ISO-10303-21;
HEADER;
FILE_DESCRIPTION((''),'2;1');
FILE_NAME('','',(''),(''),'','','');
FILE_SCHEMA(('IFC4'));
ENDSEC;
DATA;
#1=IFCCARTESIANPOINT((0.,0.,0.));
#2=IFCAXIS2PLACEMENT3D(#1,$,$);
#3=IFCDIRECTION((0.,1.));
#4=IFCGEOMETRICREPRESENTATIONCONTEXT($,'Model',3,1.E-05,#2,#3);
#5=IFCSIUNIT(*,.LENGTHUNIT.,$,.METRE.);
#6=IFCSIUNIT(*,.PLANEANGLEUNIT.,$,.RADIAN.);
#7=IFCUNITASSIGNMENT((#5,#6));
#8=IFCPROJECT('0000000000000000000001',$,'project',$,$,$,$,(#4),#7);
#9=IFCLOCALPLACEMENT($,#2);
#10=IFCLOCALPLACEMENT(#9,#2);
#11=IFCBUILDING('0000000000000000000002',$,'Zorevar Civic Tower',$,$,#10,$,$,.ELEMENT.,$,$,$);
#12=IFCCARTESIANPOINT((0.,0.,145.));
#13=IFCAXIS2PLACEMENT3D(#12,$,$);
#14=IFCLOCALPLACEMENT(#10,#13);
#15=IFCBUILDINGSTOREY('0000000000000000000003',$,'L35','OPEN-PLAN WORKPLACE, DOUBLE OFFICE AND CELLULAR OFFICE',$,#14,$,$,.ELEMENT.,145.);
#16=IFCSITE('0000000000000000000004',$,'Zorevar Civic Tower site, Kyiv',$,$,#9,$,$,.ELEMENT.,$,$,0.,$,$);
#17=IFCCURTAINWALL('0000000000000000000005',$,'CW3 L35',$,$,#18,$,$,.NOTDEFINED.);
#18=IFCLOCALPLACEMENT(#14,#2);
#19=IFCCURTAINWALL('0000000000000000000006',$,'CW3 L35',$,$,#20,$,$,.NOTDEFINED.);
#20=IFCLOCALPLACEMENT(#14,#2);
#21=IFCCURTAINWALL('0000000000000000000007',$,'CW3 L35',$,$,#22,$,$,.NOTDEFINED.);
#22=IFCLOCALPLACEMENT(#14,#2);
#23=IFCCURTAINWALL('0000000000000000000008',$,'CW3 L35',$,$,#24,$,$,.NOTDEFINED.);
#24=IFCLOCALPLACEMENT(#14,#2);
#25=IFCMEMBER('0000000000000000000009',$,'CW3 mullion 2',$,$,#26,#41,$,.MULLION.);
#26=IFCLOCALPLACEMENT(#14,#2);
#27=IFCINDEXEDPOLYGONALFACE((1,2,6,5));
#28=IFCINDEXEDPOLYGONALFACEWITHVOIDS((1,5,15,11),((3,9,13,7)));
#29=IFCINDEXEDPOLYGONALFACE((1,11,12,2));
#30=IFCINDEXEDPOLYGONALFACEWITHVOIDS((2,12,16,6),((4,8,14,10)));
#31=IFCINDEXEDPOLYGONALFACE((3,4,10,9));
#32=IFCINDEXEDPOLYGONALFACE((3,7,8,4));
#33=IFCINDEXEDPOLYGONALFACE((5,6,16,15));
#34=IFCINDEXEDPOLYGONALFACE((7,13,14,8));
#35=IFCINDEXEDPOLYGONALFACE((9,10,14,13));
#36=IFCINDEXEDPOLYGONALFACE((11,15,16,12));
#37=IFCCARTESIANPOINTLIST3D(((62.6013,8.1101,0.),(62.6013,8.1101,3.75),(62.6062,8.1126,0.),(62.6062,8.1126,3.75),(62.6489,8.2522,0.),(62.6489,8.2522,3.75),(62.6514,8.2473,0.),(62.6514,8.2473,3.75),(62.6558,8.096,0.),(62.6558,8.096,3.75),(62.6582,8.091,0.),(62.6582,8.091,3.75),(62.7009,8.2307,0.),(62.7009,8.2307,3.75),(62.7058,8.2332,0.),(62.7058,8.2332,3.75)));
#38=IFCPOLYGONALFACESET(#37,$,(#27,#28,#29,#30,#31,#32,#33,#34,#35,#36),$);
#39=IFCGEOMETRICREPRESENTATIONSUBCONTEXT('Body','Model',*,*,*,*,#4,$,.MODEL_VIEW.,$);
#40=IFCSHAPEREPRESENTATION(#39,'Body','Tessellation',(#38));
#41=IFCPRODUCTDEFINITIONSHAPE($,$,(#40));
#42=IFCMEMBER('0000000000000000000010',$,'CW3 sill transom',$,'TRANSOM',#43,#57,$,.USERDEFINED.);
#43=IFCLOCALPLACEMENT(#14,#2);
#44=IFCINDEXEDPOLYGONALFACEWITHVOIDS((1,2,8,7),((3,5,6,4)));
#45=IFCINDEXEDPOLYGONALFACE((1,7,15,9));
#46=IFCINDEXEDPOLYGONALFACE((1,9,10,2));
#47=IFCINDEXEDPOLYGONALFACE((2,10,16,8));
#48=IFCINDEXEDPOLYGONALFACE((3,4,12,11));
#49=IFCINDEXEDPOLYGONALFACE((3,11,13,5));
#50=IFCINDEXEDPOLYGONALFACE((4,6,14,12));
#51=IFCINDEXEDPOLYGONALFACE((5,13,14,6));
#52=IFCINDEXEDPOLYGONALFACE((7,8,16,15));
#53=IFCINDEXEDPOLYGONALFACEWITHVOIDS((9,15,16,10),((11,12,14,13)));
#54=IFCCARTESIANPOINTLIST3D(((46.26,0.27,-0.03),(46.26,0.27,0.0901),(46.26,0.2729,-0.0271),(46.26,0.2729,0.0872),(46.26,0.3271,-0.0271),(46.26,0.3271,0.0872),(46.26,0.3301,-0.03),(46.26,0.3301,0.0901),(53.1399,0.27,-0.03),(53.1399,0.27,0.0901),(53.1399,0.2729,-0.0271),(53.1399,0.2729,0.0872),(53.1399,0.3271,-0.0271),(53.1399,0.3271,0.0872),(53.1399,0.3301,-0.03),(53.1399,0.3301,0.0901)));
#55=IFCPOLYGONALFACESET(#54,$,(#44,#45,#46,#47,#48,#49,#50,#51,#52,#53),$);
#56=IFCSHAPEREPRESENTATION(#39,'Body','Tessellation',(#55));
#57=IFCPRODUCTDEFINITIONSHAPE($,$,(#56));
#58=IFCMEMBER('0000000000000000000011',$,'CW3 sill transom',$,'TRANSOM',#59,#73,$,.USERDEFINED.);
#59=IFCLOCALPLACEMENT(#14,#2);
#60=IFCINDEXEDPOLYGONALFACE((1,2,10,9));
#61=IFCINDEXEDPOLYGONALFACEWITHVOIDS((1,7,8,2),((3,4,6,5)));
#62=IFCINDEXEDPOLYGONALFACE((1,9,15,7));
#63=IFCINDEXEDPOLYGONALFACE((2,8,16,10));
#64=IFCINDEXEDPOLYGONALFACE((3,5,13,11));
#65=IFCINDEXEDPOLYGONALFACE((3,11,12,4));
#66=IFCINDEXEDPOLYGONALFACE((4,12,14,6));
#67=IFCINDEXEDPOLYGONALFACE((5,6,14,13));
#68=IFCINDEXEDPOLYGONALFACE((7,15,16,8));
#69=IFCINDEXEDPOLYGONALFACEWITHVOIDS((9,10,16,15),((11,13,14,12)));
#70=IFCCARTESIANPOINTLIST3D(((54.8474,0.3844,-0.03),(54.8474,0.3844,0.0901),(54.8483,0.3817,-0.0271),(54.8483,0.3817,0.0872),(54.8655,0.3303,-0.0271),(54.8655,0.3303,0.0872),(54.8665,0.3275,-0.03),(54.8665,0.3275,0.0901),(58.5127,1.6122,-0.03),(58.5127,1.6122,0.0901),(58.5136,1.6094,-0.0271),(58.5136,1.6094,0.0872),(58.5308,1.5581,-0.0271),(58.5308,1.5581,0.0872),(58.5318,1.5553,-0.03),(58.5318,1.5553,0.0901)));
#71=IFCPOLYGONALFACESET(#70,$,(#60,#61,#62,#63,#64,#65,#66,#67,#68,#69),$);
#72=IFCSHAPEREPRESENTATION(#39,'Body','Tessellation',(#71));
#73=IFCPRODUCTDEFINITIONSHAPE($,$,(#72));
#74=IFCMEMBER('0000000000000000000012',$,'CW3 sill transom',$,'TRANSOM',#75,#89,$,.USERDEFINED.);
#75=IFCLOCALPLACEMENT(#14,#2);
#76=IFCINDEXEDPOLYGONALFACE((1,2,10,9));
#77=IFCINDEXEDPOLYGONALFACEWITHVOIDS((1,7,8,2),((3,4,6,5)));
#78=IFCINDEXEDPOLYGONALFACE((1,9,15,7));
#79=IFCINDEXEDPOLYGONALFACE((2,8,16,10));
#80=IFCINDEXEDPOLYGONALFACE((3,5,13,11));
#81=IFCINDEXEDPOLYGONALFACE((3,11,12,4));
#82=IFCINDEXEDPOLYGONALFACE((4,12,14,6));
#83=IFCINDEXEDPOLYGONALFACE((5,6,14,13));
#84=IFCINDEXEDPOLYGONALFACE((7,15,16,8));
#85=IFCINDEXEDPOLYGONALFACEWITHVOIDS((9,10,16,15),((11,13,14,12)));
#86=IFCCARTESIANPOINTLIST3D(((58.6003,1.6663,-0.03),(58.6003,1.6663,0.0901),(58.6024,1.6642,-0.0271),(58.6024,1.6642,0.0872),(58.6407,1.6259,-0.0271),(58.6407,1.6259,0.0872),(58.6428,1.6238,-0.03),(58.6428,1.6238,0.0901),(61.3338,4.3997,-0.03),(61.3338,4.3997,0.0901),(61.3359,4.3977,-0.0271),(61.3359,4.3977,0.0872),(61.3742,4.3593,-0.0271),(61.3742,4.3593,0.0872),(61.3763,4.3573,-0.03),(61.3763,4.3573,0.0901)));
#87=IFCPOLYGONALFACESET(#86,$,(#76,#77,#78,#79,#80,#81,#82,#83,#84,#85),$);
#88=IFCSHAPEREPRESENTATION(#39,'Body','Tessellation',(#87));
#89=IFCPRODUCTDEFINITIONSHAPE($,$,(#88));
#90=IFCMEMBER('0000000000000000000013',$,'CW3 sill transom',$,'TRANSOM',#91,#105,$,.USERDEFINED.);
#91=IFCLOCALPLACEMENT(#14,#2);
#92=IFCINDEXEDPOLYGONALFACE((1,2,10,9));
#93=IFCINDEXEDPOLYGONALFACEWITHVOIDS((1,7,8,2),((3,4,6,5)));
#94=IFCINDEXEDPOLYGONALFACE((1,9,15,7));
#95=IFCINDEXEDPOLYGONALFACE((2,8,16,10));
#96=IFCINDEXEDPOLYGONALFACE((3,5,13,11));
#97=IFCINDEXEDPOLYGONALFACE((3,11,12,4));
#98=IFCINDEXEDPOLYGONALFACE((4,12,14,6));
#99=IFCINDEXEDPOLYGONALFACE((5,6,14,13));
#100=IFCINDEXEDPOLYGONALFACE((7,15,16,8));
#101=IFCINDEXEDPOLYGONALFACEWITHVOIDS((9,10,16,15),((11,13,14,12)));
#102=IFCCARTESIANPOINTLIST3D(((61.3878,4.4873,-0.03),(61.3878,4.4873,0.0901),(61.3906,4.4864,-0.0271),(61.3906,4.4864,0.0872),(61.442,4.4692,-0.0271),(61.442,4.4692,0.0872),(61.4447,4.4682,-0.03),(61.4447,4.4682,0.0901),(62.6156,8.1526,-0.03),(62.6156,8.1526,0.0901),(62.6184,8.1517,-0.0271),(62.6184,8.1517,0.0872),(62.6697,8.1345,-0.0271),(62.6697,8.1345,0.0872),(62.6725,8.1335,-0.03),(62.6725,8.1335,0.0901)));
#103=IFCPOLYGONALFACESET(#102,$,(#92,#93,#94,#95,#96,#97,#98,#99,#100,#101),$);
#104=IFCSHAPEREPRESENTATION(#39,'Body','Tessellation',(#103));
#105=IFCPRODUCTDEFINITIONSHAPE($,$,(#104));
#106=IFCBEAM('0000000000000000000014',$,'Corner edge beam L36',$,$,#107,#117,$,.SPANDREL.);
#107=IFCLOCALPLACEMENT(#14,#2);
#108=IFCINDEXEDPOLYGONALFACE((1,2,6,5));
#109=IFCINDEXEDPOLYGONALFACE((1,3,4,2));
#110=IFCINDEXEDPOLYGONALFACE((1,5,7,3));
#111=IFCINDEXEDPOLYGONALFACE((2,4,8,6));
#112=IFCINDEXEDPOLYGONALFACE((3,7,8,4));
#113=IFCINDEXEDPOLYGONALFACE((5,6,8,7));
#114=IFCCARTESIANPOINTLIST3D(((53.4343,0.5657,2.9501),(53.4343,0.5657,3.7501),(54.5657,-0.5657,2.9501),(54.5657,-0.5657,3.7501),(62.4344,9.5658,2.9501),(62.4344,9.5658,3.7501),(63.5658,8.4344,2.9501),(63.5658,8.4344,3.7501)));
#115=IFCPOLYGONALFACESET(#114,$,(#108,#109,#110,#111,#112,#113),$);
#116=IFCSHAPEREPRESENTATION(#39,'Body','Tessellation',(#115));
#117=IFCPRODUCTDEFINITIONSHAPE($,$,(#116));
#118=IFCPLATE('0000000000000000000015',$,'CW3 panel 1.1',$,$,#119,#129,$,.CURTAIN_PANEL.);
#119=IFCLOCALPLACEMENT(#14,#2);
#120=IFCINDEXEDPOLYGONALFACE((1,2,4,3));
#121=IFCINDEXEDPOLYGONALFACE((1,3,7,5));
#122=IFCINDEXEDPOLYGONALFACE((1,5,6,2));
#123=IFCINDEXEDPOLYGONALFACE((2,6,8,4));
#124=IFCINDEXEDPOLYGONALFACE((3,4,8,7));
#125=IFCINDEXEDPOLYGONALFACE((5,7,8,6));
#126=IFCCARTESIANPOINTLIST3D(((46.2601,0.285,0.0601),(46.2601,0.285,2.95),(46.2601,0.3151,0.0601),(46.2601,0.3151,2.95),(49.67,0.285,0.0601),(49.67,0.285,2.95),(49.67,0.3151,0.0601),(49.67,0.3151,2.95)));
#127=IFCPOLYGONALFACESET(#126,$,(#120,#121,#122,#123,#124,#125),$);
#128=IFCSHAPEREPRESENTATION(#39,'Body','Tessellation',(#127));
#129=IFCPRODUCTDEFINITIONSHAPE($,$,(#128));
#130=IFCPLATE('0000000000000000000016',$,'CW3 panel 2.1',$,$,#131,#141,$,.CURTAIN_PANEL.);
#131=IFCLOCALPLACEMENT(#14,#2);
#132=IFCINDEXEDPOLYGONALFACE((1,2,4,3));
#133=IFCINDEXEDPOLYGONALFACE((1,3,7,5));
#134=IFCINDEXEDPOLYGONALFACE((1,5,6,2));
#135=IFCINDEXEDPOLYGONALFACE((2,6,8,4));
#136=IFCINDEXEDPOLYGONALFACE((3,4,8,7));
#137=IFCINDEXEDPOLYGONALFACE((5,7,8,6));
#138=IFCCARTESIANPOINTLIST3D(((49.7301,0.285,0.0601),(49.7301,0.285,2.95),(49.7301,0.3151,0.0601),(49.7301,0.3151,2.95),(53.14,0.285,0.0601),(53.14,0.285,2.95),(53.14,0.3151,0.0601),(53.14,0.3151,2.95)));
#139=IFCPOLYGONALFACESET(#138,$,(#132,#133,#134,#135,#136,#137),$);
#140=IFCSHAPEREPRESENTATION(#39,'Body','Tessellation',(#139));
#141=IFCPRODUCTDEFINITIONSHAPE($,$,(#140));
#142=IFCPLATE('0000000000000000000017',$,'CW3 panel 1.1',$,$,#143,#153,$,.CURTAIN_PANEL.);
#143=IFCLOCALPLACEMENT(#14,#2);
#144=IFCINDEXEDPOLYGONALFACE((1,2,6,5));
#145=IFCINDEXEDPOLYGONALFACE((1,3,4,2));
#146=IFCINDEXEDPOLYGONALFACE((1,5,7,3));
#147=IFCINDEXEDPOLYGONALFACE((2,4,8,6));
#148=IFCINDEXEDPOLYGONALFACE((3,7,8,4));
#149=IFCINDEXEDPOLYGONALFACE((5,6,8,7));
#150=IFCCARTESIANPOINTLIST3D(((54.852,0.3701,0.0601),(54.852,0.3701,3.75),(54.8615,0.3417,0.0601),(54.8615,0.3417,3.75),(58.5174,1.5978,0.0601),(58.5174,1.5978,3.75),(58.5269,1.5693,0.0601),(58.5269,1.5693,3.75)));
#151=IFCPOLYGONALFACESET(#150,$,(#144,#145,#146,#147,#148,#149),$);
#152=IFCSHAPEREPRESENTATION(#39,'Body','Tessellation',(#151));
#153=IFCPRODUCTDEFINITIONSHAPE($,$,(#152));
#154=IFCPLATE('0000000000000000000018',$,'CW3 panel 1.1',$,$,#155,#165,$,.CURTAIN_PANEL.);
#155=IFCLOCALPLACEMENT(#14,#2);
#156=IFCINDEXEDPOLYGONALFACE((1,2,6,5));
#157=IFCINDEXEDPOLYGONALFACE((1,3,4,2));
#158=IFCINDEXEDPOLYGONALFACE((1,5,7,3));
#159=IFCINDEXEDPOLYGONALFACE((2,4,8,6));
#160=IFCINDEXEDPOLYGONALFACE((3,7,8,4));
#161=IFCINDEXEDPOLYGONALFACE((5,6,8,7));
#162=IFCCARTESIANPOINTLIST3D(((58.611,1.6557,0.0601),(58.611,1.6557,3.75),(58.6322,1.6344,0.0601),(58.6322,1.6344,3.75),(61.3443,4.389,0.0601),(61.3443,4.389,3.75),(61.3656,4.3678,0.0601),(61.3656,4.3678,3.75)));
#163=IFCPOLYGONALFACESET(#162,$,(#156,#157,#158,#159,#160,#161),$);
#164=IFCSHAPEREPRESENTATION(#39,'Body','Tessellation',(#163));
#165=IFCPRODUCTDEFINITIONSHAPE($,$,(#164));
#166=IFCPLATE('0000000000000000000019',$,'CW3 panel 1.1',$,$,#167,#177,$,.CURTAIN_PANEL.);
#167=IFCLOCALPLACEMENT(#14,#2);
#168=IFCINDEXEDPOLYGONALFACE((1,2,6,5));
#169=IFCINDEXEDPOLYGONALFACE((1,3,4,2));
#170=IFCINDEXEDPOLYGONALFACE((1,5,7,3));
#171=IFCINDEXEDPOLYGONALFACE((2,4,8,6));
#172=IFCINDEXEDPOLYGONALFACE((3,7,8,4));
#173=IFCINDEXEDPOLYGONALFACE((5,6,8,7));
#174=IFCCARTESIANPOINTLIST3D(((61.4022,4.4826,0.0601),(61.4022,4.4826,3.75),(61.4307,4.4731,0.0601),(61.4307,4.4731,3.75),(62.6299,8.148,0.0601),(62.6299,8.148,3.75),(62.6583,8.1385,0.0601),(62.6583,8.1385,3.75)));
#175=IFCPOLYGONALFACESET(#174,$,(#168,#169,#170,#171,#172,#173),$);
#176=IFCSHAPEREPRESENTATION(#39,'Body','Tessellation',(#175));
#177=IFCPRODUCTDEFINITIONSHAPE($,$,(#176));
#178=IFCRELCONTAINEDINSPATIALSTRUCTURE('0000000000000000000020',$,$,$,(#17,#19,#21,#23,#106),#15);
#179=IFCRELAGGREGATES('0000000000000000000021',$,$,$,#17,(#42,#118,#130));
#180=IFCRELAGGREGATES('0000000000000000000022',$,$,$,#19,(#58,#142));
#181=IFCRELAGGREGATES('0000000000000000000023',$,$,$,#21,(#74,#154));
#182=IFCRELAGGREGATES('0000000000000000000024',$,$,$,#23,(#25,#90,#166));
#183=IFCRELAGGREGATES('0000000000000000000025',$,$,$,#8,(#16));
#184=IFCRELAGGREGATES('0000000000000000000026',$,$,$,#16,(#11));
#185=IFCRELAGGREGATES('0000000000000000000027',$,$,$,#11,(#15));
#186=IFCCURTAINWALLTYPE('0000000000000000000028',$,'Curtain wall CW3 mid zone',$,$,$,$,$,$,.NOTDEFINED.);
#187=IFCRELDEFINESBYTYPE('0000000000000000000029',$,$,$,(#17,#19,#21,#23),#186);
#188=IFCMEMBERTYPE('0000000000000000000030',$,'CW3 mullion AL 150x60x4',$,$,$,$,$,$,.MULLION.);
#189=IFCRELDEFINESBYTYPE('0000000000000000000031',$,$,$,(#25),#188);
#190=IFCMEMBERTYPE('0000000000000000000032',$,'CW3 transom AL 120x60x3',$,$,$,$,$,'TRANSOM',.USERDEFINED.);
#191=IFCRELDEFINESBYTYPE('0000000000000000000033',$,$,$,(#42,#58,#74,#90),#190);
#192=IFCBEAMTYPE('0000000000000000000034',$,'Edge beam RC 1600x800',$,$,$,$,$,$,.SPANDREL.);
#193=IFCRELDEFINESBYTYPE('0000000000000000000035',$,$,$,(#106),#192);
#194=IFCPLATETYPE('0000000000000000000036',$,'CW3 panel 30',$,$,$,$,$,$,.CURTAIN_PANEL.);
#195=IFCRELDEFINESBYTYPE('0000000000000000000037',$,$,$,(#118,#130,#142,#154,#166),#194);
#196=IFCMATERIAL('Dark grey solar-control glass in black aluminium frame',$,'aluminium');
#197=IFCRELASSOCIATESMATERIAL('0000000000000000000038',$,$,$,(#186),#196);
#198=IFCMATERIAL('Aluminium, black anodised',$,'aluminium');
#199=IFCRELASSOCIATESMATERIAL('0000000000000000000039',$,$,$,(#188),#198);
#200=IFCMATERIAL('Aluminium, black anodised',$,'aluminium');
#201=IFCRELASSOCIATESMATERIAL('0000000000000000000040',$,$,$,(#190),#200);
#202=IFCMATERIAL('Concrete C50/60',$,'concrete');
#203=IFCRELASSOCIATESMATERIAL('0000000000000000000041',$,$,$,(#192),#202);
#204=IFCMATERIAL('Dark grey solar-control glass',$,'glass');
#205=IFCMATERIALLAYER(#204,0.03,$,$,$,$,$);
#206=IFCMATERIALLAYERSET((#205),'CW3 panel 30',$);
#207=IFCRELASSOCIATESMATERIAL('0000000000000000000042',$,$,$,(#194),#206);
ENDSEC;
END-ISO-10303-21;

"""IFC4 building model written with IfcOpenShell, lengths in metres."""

from ifc_helpers import new_model, si_unit, direction, frame, origin, origin_2d, place, context, subcontext, project, spatial, rectangle, hollow_rectangle, extrude, material, layer, layer_set, material_profile, profile_set, type_object, element, aggregate, save


model = new_model("IFC4")

# Units and contexts
model_context = context("Model", 3, precision=1e-05, world=origin(), true_north=direction((0.0, 1.0)))
body_context = subcontext(model_context, "Body", "Model", "MODEL_VIEW")
ifc_project = project(units=[si_unit("LENGTHUNIT", "METRE"), si_unit("PLANEANGLEUNIT", "RADIAN")], contexts=[model_context])

# Site, building, storey
site_placement = place(None, origin())
site = spatial("IfcSite", under=ifc_project, at=site_placement, Name="Zorevar Civic Tower site, Kyiv", CompositionType="ELEMENT", RefElevation=0.0)
building_placement = place(site_placement, origin())
building = spatial("IfcBuilding", under=site, at=building_placement, Name="Zorevar Civic Tower", CompositionType="ELEMENT")
storey_placement = place(building_placement, frame((0.0, 0.0, 145.0)))
storey = spatial("IfcBuildingStorey", under=building, at=storey_placement, Name="L35", Description="OPEN-PLAN WORKPLACE, DOUBLE OFFICE AND CELLULAR OFFICE", CompositionType="ELEMENT", Elevation=145.0)

# Curtain walls, member
ifc_material_1 = material(Name="Dark grey solar-control glass in black aluminium frame", Category="aluminium")
curtain_wall_type = type_object("IfcCurtainWallType", Name="Curtain wall CW3 mid zone", PredefinedType="NOTDEFINED", material=ifc_material_1)
curtain_wall_1_placement = place(storey_placement, origin())
curtain_wall_1 = element("IfcCurtainWall", 1, at=curtain_wall_1_placement, inside=storey, type_object=curtain_wall_type, Name="CW3 L35", PredefinedType="NOTDEFINED")
ifc_material_2 = material(Name="Aluminium, black anodised", Category="aluminium")
ifc_material_profile_1 = material_profile(ifc_material_2, hollow_rectangle(XDim=0.0601, YDim=0.1499, WallThickness=0.0039, at=origin_2d()), Name="AL 150x60x4")
ifc_profile_set_1 = profile_set([ifc_material_profile_1], Name="Aluminium, black anodised")
member_type_1 = type_object("IfcMemberType", Name="CW3 mullion AL 150x60x4", PredefinedType="MULLION", material=ifc_profile_set_1)
curtain_wall_2_placement = place(storey_placement, origin())
curtain_wall_2 = element("IfcCurtainWall", 2, at=curtain_wall_2_placement, inside=storey, type_object=curtain_wall_type, Name="CW3 L35", PredefinedType="NOTDEFINED")
curtain_wall_3_placement = place(storey_placement, origin())
curtain_wall_3 = element("IfcCurtainWall", 3, at=curtain_wall_3_placement, inside=storey, type_object=curtain_wall_type, Name="CW3 L35", PredefinedType="NOTDEFINED")
curtain_wall_4_placement = place(storey_placement, origin())
curtain_wall_4 = element("IfcCurtainWall", 4, at=curtain_wall_4_placement, inside=storey, type_object=curtain_wall_type, Name="CW3 L35", PredefinedType="NOTDEFINED")
member_1_placement = place(storey_placement, frame((62.6536, 8.1716, 0.0), z_axis=(0.0, 0.0, 1.0), x_axis=(-0.948227, 0.317593, 0.0)))
member_1 = element("IfcMember", 5, at=member_1_placement, type_object=member_type_1, Name="CW3 mullion 2", PredefinedType="MULLION", context=body_context, shape_type="SweptSolid", body=[
    extrude(hollow_rectangle(XDim=0.0601, YDim=0.1499, WallThickness=0.0039, at=origin_2d()), origin(), (0.0, 0.0, 1.0), 3.75),
])

# Members
ifc_material_3 = material(Name="Aluminium, black anodised", Category="aluminium")
ifc_material_profile_2 = material_profile(ifc_material_3, hollow_rectangle(XDim=0.0601, YDim=0.1201, WallThickness=0.0029, at=origin_2d()), Name="AL 120x60x3")
ifc_profile_set_2 = profile_set([ifc_material_profile_2], Name="Aluminium, black anodised")
member_type_2 = type_object("IfcMemberType", Name="CW3 transom AL 120x60x3", ElementType="TRANSOM", PredefinedType="USERDEFINED", material=ifc_profile_set_2)
member_2_placement = place(storey_placement, frame((46.26, 0.3, 0.03), z_axis=(1.0, 0.0, 0.0), x_axis=(0.0, 1.0, 0.0)))
member_2 = element("IfcMember", 6, at=member_2_placement, type_object=member_type_2, Name="CW3 sill transom", ObjectType="TRANSOM", PredefinedType="USERDEFINED", context=body_context, shape_type="SweptSolid", body=[
    extrude(hollow_rectangle(XDim=0.0601, YDim=0.1201, WallThickness=0.0029, at=origin_2d()), origin(), (0.0, 0.0, 1.0), 6.8799),
])
member_3_placement = place(storey_placement, frame((54.8569, 0.356, 0.03), z_axis=(0.948215, 0.31763, 0.0), x_axis=(-0.31763, 0.948215, 0.0)))
member_3 = element("IfcMember", 7, at=member_3_placement, type_object=member_type_2, Name="CW3 sill transom", ObjectType="TRANSOM", PredefinedType="USERDEFINED", context=body_context, shape_type="SweptSolid", body=[
    extrude(hollow_rectangle(XDim=0.0601, YDim=0.1201, WallThickness=0.0029, at=origin_2d()), origin(), (0.0, 0.0, 1.0), 3.8655),
])
member_4_placement = place(storey_placement, frame((58.6216, 1.645, 0.03), z_axis=(0.707107, 0.707107, 0.0), x_axis=(-0.707107, 0.707107, 0.0)))
member_4 = element("IfcMember", 8, at=member_4_placement, type_object=member_type_2, Name="CW3 sill transom", ObjectType="TRANSOM", PredefinedType="USERDEFINED", context=body_context, shape_type="SweptSolid", body=[
    extrude(hollow_rectangle(XDim=0.0601, YDim=0.1201, WallThickness=0.0029, at=origin_2d()), origin(), (0.0, 0.0, 1.0), 3.8657),
])
member_5_placement = place(storey_placement, frame((61.4163, 4.4778, 0.03), z_axis=(0.31763, 0.948215, 0.0), x_axis=(-0.948215, 0.31763, 0.0)))
member_5 = element("IfcMember", 9, at=member_5_placement, type_object=member_type_2, Name="CW3 sill transom", ObjectType="TRANSOM", PredefinedType="USERDEFINED", context=body_context, shape_type="SweptSolid", body=[
    extrude(hollow_rectangle(XDim=0.0601, YDim=0.1201, WallThickness=0.0029, at=origin_2d()), origin(), (0.0, 0.0, 1.0), 3.8655),
])

# Beam
ifc_material_4 = material(Name="Concrete C50/60", Category="concrete")
ifc_material_profile_3 = material_profile(ifc_material_4, rectangle(XDim=1.6001, YDim=0.8, at=origin_2d()), Name="RC 1600x800")
ifc_profile_set_3 = profile_set([ifc_material_profile_3], Name="Concrete C50/60")
beam_type_1 = type_object("IfcBeamType", Name="Edge beam RC 1600x800", PredefinedType="SPANDREL", material=ifc_profile_set_3)
beam_1_placement = place(storey_placement, frame((54.0, 0.0, 3.3501), z_axis=(0.707107, 0.707107, 0.0), x_axis=(-0.707107, 0.707107, 0.0)))
element("IfcBeam", 10, at=beam_1_placement, inside=storey, type_object=beam_type_1, Name="Corner edge beam L36", PredefinedType="SPANDREL", context=body_context, shape_type="SweptSolid", body=[
    extrude(rectangle(XDim=1.6001, YDim=0.8, at=origin_2d()), origin(), (0.0, 0.0, 1.0), 12.728),
])

# Plates
ifc_material_5 = material(Name="Dark grey solar-control glass", Category="glass")
ifc_layer_1 = layer(ifc_material_5, 0.03)
ifc_layer_set_1 = layer_set([ifc_layer_1], Name="CW3 panel 30")
plate_type = type_object("IfcPlateType", Name="CW3 panel 30", PredefinedType="CURTAIN_PANEL", material=ifc_layer_set_1)
plate_1_placement = place(storey_placement, frame((47.9651, 0.3, 0.0601), z_axis=(0.0, 0.0, 1.0), x_axis=(1.0, 0.0, 0.0)))
plate_1 = element("IfcPlate", 11, at=plate_1_placement, type_object=plate_type, Name="CW3 panel 1.1", PredefinedType="CURTAIN_PANEL", context=body_context, shape_type="SweptSolid", body=[
    extrude(rectangle(XDim=3.4099, YDim=0.03, at=origin_2d()), origin(), (0.0, 0.0, 1.0), 2.8899),
])
plate_2_placement = place(storey_placement, frame((51.4351, 0.3, 0.0601), z_axis=(0.0, 0.0, 1.0), x_axis=(1.0, 0.0, 0.0)))
plate_2 = element("IfcPlate", 12, at=plate_2_placement, type_object=plate_type, Name="CW3 panel 2.1", PredefinedType="CURTAIN_PANEL", context=body_context, shape_type="SweptSolid", body=[
    extrude(rectangle(XDim=3.4099, YDim=0.03, at=origin_2d()), origin(), (0.0, 0.0, 1.0), 2.8899),
])
aggregate(curtain_wall_1, [member_2, plate_1, plate_2])
plate_3_placement = place(storey_placement, frame((56.6895, 0.9697, 0.0601), z_axis=(0.0, 0.0, 1.0), x_axis=(0.948227, 0.317593, 0.0)))
plate_3 = element("IfcPlate", 13, at=plate_3_placement, type_object=plate_type, Name="CW3 panel 1.1", PredefinedType="CURTAIN_PANEL", context=body_context, shape_type="SweptSolid", body=[
    extrude(rectangle(XDim=3.8655, YDim=0.03, at=origin_2d()), origin(), (0.0, 0.0, 1.0), 3.6899),
])
aggregate(curtain_wall_2, [member_3, plate_3])
plate_4_placement = place(storey_placement, frame((59.9883, 3.0117, 0.0601), z_axis=(0.0, 0.0, 1.0), x_axis=(0.707107, 0.707107, 0.0)))
plate_4 = element("IfcPlate", 14, at=plate_4_placement, type_object=plate_type, Name="CW3 panel 1.1", PredefinedType="CURTAIN_PANEL", context=body_context, shape_type="SweptSolid", body=[
    extrude(rectangle(XDim=3.8655, YDim=0.03, at=origin_2d()), origin(), (0.0, 0.0, 1.0), 3.6899),
])
aggregate(curtain_wall_3, [member_4, plate_4])
plate_5_placement = place(storey_placement, frame((62.0303, 6.3105, 0.0601), z_axis=(0.0, 0.0, 1.0), x_axis=(0.317593, 0.948227, 0.0)))
plate_5 = element("IfcPlate", 15, at=plate_5_placement, type_object=plate_type, Name="CW3 panel 1.1", PredefinedType="CURTAIN_PANEL", context=body_context, shape_type="SweptSolid", body=[
    extrude(rectangle(XDim=3.8655, YDim=0.03, at=origin_2d()), origin(), (0.0, 0.0, 1.0), 3.6899),
])
aggregate(curtain_wall_4, [member_1, member_5, plate_5])

save(model, "model.ifc")
